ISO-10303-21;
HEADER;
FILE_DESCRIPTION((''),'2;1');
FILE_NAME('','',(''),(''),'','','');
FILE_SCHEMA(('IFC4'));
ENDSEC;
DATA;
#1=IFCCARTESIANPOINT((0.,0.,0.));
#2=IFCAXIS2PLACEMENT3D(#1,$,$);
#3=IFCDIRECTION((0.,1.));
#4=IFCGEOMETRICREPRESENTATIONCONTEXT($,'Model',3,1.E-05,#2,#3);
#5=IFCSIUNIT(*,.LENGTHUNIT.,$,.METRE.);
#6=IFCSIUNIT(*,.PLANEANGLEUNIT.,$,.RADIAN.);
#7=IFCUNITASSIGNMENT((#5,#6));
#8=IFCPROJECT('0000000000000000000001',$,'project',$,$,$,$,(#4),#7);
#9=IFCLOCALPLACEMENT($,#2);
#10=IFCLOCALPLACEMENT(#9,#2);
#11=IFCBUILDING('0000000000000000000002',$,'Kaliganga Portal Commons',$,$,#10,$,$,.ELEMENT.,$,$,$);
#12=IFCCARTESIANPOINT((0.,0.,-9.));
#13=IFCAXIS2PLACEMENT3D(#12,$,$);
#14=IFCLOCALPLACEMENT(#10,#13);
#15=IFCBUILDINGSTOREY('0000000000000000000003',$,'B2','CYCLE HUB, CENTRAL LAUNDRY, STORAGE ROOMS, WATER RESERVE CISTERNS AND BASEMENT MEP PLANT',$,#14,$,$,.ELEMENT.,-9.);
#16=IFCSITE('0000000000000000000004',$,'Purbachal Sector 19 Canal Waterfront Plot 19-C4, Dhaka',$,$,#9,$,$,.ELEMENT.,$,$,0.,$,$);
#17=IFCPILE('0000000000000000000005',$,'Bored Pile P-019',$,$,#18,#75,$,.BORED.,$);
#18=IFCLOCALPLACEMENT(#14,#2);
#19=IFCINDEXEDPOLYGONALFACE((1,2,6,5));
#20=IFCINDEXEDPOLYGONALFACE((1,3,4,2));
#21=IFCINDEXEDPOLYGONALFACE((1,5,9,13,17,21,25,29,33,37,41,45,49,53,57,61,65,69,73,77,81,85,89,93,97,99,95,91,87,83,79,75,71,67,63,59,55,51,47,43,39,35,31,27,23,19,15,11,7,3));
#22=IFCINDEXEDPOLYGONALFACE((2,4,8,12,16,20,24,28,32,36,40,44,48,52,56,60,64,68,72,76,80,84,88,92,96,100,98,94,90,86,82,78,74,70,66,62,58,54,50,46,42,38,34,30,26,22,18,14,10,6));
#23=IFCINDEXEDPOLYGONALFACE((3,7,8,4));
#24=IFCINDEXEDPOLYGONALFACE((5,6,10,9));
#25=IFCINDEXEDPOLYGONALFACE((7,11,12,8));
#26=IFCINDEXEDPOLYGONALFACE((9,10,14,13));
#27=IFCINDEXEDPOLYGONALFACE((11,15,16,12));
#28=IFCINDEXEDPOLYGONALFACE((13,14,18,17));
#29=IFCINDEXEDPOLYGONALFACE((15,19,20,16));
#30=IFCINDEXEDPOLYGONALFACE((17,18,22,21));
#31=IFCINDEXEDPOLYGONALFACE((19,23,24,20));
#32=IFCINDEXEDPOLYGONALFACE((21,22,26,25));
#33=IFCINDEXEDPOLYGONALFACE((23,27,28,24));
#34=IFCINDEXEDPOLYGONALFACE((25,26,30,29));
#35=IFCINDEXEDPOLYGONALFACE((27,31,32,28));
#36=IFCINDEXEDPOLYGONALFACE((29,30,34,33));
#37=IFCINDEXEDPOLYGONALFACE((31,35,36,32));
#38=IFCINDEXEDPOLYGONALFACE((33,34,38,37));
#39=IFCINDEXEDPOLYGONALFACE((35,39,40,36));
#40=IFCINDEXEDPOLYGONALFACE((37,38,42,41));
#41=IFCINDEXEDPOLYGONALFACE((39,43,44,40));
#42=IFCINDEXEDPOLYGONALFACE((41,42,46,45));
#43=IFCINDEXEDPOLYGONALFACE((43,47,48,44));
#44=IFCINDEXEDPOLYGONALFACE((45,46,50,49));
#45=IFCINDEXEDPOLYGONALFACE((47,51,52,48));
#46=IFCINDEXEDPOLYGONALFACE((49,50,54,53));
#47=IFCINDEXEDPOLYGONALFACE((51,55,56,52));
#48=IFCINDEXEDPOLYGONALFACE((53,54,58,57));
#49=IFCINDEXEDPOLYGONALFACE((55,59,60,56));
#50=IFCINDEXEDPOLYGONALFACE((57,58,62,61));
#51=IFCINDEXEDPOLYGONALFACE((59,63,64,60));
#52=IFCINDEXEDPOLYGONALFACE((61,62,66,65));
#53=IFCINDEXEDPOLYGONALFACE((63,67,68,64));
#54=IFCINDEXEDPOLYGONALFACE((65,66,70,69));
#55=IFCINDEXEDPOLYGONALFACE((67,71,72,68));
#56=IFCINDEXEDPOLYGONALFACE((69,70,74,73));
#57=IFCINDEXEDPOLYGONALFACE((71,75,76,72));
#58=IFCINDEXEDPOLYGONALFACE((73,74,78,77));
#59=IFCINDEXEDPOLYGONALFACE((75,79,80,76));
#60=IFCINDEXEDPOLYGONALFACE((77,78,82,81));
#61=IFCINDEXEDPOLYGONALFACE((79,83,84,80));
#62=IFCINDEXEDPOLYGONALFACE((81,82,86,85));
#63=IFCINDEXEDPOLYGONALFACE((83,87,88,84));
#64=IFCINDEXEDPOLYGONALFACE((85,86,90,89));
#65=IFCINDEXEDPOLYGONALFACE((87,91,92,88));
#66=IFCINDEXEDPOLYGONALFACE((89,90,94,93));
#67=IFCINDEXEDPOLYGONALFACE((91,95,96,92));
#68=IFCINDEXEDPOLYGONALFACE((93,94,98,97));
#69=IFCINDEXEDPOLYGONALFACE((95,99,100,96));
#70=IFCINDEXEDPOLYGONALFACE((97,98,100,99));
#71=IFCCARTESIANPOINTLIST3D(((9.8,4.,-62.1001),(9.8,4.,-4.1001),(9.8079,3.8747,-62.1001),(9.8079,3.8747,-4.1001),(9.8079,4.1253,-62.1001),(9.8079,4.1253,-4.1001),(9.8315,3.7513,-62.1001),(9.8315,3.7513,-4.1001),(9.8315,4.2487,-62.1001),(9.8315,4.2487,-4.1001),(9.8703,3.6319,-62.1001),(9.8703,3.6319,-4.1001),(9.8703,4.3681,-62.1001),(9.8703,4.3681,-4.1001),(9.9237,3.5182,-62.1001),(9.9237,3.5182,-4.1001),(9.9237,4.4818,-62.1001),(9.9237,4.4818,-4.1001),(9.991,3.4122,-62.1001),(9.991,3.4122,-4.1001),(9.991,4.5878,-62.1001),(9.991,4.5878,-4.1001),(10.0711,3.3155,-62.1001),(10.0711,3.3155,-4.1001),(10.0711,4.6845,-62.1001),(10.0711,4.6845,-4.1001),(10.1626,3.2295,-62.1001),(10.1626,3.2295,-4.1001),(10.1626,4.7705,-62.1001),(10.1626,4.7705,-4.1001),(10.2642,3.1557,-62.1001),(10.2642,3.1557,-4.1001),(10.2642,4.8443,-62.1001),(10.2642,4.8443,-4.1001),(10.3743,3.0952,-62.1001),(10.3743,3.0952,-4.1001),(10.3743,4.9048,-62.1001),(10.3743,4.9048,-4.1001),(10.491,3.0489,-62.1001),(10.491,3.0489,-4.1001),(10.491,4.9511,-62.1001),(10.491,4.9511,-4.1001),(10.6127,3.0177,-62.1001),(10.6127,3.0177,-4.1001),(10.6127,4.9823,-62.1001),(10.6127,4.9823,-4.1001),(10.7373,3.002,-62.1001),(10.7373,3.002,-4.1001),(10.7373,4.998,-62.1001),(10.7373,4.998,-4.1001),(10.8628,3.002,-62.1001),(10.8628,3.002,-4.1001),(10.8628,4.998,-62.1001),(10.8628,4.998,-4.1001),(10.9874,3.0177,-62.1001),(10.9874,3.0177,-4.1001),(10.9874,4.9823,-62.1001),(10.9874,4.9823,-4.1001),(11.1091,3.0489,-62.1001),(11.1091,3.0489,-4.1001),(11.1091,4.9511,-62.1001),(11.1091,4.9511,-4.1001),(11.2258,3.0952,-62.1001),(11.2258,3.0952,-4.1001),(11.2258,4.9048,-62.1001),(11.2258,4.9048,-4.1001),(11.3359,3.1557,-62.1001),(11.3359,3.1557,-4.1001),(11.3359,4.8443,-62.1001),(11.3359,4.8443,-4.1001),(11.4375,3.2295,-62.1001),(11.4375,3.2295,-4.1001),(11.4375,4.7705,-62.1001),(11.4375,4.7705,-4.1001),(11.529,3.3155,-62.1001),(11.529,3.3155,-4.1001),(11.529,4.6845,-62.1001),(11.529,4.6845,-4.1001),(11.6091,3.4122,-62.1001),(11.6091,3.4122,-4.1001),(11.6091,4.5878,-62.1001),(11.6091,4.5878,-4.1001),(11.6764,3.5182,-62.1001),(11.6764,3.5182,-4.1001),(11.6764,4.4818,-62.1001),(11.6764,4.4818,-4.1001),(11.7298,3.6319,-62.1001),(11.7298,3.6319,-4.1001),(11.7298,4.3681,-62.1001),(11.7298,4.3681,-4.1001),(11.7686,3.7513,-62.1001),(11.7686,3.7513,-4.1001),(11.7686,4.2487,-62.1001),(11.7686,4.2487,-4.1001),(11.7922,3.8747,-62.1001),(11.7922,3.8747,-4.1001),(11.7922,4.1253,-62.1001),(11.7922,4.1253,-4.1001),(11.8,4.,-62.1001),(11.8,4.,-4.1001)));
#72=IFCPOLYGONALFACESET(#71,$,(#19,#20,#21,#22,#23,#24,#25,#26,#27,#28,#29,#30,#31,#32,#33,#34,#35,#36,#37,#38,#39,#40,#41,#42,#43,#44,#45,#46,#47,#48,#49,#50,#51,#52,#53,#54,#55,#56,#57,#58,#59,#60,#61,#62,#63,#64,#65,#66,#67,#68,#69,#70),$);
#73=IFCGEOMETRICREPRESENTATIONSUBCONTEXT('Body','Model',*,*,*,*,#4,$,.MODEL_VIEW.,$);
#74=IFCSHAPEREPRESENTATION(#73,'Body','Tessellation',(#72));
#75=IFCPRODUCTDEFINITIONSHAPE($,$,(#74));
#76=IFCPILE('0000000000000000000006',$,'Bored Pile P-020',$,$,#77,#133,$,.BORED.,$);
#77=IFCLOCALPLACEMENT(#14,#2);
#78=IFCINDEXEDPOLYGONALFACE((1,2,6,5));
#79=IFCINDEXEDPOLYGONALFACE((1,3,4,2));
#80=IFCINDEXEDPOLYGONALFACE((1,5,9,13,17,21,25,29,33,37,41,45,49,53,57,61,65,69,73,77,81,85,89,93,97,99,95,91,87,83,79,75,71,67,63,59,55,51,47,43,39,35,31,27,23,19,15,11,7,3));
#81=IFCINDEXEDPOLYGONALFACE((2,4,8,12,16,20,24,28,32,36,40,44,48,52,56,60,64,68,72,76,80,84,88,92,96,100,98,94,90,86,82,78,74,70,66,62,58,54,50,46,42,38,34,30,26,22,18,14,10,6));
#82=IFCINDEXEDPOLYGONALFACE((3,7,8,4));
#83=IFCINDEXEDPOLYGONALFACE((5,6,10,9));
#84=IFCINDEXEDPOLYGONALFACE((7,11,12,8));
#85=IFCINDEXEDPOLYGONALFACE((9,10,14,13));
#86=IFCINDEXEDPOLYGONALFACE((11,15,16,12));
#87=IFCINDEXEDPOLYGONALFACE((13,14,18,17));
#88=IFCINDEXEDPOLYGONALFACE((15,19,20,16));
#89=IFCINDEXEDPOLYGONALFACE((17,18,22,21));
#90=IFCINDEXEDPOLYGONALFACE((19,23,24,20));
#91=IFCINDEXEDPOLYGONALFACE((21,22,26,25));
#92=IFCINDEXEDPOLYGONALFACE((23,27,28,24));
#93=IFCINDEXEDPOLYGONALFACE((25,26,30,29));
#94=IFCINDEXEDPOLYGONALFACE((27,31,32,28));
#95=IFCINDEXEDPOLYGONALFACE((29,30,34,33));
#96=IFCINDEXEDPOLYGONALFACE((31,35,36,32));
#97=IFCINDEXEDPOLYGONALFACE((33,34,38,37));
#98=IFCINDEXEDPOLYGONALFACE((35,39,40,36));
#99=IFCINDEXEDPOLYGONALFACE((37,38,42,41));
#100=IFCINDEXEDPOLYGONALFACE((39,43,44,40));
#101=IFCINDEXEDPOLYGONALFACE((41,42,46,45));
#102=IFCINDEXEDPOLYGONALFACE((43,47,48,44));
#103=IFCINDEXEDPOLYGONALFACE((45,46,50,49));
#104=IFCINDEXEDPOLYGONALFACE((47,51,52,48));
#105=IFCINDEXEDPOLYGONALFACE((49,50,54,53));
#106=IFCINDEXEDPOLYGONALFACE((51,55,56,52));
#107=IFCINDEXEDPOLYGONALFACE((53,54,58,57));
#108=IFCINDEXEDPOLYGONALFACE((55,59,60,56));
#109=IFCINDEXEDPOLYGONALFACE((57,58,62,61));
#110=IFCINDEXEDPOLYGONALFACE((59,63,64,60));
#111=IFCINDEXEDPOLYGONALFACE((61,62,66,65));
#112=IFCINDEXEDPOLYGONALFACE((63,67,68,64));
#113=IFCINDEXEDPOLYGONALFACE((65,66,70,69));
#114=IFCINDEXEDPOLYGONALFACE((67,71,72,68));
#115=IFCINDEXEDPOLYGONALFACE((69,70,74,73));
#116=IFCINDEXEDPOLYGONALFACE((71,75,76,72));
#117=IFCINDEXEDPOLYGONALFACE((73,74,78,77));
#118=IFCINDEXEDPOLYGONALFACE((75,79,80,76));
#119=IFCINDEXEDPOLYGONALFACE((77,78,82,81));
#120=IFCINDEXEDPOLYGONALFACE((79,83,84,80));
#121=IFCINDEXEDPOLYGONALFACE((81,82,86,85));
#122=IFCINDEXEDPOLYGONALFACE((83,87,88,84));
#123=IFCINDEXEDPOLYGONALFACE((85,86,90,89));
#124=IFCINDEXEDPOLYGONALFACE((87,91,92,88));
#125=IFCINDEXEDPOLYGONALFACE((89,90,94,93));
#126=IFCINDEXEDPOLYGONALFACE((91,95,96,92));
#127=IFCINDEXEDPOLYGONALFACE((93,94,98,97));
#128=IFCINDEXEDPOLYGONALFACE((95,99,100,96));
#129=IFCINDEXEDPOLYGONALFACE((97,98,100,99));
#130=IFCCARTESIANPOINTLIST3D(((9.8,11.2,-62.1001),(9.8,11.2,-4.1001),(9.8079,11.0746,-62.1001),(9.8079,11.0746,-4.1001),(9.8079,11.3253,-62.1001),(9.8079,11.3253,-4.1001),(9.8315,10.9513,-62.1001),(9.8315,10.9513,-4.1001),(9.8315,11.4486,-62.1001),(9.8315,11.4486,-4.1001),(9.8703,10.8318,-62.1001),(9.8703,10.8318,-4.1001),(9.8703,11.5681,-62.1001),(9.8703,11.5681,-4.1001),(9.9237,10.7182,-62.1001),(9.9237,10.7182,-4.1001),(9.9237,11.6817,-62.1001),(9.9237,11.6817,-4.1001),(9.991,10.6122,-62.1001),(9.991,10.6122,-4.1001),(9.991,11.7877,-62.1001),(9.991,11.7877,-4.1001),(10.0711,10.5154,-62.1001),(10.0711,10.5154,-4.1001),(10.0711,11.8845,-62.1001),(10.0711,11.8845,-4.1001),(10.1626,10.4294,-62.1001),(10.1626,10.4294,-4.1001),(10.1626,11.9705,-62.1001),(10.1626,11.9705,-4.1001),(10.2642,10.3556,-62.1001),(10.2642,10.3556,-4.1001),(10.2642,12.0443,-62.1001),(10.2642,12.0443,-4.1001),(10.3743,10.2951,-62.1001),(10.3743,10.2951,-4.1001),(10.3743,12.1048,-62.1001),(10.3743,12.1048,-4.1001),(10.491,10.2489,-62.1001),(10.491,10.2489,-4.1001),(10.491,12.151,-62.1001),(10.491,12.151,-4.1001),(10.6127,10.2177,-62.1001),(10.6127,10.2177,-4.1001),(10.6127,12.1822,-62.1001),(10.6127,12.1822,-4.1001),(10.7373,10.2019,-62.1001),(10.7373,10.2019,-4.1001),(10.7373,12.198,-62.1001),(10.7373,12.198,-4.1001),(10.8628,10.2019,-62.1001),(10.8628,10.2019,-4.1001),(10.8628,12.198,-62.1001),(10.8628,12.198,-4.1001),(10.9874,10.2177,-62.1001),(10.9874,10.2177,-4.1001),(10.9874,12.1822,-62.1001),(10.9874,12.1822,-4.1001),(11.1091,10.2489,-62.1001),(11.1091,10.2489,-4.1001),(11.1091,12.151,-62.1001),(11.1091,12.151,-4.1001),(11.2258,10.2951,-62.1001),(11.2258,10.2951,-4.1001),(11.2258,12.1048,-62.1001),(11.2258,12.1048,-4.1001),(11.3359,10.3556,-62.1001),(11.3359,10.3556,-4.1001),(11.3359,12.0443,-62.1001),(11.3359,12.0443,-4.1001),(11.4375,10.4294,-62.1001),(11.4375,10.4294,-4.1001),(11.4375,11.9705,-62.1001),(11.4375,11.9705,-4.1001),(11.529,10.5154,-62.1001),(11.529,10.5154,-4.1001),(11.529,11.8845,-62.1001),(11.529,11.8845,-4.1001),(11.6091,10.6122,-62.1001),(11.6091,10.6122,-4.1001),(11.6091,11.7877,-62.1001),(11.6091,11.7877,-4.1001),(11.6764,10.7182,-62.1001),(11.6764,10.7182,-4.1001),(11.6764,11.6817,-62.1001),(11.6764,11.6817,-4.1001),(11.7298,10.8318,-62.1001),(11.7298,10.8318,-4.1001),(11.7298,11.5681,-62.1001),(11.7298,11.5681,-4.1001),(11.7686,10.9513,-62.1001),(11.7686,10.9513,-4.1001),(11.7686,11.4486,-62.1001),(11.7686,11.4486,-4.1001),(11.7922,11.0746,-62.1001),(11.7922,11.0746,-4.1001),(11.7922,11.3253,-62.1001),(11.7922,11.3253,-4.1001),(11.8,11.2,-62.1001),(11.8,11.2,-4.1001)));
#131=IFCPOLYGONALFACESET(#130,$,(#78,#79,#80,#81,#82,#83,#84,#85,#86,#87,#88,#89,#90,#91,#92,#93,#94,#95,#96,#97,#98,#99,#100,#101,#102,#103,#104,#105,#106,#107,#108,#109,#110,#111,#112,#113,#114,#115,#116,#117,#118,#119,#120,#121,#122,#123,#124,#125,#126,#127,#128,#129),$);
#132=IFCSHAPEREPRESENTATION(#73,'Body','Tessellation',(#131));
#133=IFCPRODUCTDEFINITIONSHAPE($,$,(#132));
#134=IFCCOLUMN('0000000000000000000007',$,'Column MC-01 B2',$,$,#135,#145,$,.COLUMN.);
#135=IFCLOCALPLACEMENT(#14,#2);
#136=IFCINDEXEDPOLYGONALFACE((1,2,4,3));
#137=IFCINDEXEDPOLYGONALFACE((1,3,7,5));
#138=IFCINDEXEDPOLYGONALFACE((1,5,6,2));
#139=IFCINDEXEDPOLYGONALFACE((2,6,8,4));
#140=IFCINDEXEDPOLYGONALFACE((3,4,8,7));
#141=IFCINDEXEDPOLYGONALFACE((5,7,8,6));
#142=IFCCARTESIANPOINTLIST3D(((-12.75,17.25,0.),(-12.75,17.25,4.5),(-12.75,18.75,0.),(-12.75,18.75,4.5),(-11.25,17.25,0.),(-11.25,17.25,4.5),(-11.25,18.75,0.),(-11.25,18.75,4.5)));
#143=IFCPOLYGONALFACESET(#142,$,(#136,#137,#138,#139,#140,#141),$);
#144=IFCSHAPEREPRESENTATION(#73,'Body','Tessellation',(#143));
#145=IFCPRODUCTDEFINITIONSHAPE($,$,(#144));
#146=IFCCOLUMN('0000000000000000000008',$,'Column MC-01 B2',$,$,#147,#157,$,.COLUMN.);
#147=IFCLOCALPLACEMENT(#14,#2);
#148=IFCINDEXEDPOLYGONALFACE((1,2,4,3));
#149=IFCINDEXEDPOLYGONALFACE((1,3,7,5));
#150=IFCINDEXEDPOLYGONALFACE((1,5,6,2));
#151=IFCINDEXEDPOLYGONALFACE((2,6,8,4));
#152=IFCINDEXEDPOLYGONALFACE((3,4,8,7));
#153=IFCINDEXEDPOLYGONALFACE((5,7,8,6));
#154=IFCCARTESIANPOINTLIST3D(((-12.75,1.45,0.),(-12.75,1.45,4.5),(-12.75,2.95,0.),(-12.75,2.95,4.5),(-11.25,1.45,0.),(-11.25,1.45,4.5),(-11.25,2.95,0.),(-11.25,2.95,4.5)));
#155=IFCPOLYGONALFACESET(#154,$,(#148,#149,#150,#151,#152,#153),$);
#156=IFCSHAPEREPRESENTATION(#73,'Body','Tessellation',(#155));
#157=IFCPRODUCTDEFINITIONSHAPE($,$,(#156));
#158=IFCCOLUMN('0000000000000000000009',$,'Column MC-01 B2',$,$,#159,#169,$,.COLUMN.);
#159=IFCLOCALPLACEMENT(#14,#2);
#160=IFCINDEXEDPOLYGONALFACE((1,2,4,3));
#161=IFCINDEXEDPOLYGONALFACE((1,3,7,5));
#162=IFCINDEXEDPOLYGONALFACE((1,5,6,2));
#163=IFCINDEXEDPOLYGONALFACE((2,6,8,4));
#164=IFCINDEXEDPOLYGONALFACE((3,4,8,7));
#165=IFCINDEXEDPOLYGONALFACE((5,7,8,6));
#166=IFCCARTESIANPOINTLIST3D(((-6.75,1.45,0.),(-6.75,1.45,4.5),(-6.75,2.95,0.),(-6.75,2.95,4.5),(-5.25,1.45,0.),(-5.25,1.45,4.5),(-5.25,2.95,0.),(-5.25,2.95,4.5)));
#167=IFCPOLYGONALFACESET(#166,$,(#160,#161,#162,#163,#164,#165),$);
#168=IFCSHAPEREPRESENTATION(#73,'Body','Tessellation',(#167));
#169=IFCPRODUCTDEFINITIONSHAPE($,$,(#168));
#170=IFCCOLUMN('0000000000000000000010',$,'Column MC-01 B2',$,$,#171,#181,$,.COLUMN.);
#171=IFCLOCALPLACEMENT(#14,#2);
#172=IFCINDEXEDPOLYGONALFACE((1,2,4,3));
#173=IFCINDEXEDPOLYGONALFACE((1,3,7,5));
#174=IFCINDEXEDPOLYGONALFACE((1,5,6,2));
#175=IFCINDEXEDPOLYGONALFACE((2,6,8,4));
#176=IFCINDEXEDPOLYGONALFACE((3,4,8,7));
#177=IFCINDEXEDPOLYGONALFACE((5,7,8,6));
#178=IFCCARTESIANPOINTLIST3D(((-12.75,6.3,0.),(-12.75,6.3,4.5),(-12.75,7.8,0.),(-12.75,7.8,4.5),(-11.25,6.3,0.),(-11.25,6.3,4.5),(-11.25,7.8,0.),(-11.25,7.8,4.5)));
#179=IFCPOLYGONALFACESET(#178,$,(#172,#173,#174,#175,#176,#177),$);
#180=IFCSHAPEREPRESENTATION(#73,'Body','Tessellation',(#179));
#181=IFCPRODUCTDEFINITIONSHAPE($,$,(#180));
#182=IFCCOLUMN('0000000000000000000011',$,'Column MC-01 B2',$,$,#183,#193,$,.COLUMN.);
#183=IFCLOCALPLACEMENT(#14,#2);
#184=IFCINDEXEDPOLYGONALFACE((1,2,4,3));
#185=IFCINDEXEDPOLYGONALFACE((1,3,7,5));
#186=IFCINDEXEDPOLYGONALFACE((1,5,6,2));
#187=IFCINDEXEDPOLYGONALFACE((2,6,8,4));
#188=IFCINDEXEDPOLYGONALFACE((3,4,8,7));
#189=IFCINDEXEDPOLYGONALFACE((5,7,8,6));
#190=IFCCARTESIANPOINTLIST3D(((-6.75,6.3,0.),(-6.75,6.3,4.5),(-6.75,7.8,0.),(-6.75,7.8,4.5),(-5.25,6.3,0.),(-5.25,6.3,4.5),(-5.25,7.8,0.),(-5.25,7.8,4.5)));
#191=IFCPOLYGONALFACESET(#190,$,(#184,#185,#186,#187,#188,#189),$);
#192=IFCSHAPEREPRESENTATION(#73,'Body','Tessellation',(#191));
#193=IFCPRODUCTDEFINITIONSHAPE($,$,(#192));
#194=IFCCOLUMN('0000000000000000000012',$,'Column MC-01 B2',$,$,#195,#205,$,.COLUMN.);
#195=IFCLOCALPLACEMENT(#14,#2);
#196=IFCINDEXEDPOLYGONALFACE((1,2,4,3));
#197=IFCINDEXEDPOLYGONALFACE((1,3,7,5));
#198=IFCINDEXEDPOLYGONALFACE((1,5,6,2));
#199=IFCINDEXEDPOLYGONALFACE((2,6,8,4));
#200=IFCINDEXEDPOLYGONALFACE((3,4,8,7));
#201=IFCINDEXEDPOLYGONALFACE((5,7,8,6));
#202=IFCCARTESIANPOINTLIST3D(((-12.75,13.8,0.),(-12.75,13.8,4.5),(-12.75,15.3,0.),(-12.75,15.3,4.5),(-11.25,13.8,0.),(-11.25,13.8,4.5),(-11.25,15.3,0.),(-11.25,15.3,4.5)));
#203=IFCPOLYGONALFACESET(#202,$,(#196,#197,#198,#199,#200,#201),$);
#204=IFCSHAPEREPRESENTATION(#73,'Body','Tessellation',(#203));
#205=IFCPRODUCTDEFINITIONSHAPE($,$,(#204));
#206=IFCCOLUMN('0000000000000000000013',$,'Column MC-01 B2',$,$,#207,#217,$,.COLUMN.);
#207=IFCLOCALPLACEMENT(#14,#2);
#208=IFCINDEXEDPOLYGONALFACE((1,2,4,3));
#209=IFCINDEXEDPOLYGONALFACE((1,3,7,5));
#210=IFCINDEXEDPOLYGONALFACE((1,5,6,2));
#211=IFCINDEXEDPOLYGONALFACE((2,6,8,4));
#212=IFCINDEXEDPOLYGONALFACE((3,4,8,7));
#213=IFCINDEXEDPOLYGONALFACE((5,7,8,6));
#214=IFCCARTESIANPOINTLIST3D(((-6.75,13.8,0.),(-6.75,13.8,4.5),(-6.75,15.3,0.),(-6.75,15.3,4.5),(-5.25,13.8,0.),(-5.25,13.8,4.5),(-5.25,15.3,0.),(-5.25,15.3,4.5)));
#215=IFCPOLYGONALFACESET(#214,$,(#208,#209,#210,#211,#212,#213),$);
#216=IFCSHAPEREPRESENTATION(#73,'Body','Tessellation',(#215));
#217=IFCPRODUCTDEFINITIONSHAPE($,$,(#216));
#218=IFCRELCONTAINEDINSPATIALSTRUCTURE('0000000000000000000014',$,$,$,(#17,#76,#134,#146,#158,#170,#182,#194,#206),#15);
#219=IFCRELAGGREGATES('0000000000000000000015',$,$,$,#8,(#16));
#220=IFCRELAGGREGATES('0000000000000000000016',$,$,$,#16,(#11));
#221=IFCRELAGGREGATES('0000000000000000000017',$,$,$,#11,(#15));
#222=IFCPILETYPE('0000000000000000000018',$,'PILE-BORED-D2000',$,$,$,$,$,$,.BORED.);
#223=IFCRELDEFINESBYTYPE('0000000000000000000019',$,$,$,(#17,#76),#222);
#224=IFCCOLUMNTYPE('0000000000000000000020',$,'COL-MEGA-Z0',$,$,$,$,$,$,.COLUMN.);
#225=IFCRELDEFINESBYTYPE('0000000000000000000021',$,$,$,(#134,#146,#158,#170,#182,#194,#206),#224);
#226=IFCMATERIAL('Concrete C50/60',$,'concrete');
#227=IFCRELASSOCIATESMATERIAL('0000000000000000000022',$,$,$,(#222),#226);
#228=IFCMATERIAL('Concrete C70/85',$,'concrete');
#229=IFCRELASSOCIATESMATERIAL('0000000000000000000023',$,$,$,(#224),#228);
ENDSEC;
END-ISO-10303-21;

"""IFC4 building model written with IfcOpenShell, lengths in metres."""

from ifc_helpers import new_model, si_unit, direction, frame, origin, origin_2d, place, context, subcontext, project, spatial, rectangle, circle, extrude, source, transform, mapped, material, material_profile, profile_set, type_object, element, save


model = new_model("IFC4")

# Units and contexts
model_context = context("Model", 3, precision=1e-05, world=origin(), true_north=direction((0.0, 1.0)))
body_context = subcontext(model_context, "Body", "Model", "MODEL_VIEW")
ifc_project = project(units=[si_unit("LENGTHUNIT", "METRE"), si_unit("PLANEANGLEUNIT", "RADIAN")], contexts=[model_context])

# Site, building, storey
site_placement = place(None, origin())
site = spatial("IfcSite", under=ifc_project, at=site_placement, Name="Purbachal Sector 19 Canal Waterfront Plot 19-C4, Dhaka", CompositionType="ELEMENT", RefElevation=0.0)
building_placement = place(site_placement, origin())
building = spatial("IfcBuilding", under=site, at=building_placement, Name="Kaliganga Portal Commons", CompositionType="ELEMENT")
storey_placement = place(building_placement, frame((0.0, 0.0, -9.0)))
storey = spatial("IfcBuildingStorey", under=building, at=storey_placement, Name="B2", Description="CYCLE HUB, CENTRAL LAUNDRY, STORAGE ROOMS, WATER RESERVE CISTERNS AND BASEMENT MEP PLANT", CompositionType="ELEMENT", Elevation=-9.0)

# Piles
ifc_material_1 = material(Name="Concrete C50/60", Category="concrete")
ifc_material_profile_1 = material_profile(ifc_material_1, circle(Radius=1.0, at=origin_2d()), Name="PILE D2000")
ifc_profile_set_1 = profile_set([ifc_material_profile_1], Name="Concrete C50/60")
pile_type = type_object("IfcPileType", Name="PILE-BORED-D2000", PredefinedType="BORED", material=ifc_profile_set_1)
for number, where, z_axis, x_axis, name in (
    (1, (10.8, 4.0, -4.1001), (0.0, 0.0, -1.0), (1.0, 0.0, 0.0), "Bored Pile P-019"),
    (2, (10.8, 11.2, -4.1001), (0.0, 0.0, -1.0), (1.0, 0.0, 0.0), "Bored Pile P-020"),
):
    element("IfcPile", number, at=place(storey_placement, frame(where, z_axis=z_axis, x_axis=x_axis)), inside=storey, type_object=pile_type, Name=name, PredefinedType="BORED", context=body_context, shape_type="SweptSolid", body=[
        extrude(circle(Radius=1.0, at=origin_2d()), origin(), (0.0, 0.0, 1.0), 58.0),
    ])

# Columns
ifc_material_2 = material(Name="Concrete C70/85", Category="concrete")
ifc_material_profile_2 = material_profile(ifc_material_2, rectangle(XDim=1.5, YDim=1.5, at=origin_2d()), Name="RC 1500x1500")
ifc_profile_set_2 = profile_set([ifc_material_profile_2], Name="Concrete C70/85")
column_type = type_object("IfcColumnType", Name="COL-MEGA-Z0", PredefinedType="COLUMN", material=ifc_profile_set_2)
shared_shape = source(origin(), body_context, "Body", "SweptSolid", [
    extrude(rectangle(XDim=1.5, YDim=1.5, at=origin_2d()), origin(), (0.0, 0.0, 1.0), 4.5),
])
for number, where, z_axis, x_axis, name in (
    (3, (-12.0, 18.0, 0.0), (0.0, 0.0, 1.0), (1.0, 0.0, 0.0), "Column MC-01 B2"),
    (4, (-12.0, 2.2, 0.0), (0.0, 0.0, 1.0), (1.0, 0.0, 0.0), "Column MC-01 B2"),
    (5, (-6.0, 2.2, 0.0), (0.0, 0.0, 1.0), (1.0, 0.0, 0.0), "Column MC-01 B2"),
    (6, (-12.0, 7.05, 0.0), (0.0, 0.0, 1.0), (1.0, 0.0, 0.0), "Column MC-01 B2"),
    (7, (-6.0, 7.05, 0.0), (0.0, 0.0, 1.0), (1.0, 0.0, 0.0), "Column MC-01 B2"),
    (8, (-12.0, 14.55, 0.0), (0.0, 0.0, 1.0), (1.0, 0.0, 0.0), "Column MC-01 B2"),
    (9, (-6.0, 14.55, 0.0), (0.0, 0.0, 1.0), (1.0, 0.0, 0.0), "Column MC-01 B2"),
):
    element("IfcColumn", number, at=place(storey_placement, frame(where, z_axis=z_axis, x_axis=x_axis)), inside=storey, type_object=column_type, Name=name, PredefinedType="COLUMN", context=body_context, shape_type="MappedRepresentation", body=[
        mapped(shared_shape, transform((0.0, 0.0, 0.0), x_axis=(1.0, 0.0, 0.0), y_axis=(0.0, 1.0, 0.0), z_axis=(0.0, 0.0, 1.0), scale=1.0)),
    ])

save(model, "model.ifc")
